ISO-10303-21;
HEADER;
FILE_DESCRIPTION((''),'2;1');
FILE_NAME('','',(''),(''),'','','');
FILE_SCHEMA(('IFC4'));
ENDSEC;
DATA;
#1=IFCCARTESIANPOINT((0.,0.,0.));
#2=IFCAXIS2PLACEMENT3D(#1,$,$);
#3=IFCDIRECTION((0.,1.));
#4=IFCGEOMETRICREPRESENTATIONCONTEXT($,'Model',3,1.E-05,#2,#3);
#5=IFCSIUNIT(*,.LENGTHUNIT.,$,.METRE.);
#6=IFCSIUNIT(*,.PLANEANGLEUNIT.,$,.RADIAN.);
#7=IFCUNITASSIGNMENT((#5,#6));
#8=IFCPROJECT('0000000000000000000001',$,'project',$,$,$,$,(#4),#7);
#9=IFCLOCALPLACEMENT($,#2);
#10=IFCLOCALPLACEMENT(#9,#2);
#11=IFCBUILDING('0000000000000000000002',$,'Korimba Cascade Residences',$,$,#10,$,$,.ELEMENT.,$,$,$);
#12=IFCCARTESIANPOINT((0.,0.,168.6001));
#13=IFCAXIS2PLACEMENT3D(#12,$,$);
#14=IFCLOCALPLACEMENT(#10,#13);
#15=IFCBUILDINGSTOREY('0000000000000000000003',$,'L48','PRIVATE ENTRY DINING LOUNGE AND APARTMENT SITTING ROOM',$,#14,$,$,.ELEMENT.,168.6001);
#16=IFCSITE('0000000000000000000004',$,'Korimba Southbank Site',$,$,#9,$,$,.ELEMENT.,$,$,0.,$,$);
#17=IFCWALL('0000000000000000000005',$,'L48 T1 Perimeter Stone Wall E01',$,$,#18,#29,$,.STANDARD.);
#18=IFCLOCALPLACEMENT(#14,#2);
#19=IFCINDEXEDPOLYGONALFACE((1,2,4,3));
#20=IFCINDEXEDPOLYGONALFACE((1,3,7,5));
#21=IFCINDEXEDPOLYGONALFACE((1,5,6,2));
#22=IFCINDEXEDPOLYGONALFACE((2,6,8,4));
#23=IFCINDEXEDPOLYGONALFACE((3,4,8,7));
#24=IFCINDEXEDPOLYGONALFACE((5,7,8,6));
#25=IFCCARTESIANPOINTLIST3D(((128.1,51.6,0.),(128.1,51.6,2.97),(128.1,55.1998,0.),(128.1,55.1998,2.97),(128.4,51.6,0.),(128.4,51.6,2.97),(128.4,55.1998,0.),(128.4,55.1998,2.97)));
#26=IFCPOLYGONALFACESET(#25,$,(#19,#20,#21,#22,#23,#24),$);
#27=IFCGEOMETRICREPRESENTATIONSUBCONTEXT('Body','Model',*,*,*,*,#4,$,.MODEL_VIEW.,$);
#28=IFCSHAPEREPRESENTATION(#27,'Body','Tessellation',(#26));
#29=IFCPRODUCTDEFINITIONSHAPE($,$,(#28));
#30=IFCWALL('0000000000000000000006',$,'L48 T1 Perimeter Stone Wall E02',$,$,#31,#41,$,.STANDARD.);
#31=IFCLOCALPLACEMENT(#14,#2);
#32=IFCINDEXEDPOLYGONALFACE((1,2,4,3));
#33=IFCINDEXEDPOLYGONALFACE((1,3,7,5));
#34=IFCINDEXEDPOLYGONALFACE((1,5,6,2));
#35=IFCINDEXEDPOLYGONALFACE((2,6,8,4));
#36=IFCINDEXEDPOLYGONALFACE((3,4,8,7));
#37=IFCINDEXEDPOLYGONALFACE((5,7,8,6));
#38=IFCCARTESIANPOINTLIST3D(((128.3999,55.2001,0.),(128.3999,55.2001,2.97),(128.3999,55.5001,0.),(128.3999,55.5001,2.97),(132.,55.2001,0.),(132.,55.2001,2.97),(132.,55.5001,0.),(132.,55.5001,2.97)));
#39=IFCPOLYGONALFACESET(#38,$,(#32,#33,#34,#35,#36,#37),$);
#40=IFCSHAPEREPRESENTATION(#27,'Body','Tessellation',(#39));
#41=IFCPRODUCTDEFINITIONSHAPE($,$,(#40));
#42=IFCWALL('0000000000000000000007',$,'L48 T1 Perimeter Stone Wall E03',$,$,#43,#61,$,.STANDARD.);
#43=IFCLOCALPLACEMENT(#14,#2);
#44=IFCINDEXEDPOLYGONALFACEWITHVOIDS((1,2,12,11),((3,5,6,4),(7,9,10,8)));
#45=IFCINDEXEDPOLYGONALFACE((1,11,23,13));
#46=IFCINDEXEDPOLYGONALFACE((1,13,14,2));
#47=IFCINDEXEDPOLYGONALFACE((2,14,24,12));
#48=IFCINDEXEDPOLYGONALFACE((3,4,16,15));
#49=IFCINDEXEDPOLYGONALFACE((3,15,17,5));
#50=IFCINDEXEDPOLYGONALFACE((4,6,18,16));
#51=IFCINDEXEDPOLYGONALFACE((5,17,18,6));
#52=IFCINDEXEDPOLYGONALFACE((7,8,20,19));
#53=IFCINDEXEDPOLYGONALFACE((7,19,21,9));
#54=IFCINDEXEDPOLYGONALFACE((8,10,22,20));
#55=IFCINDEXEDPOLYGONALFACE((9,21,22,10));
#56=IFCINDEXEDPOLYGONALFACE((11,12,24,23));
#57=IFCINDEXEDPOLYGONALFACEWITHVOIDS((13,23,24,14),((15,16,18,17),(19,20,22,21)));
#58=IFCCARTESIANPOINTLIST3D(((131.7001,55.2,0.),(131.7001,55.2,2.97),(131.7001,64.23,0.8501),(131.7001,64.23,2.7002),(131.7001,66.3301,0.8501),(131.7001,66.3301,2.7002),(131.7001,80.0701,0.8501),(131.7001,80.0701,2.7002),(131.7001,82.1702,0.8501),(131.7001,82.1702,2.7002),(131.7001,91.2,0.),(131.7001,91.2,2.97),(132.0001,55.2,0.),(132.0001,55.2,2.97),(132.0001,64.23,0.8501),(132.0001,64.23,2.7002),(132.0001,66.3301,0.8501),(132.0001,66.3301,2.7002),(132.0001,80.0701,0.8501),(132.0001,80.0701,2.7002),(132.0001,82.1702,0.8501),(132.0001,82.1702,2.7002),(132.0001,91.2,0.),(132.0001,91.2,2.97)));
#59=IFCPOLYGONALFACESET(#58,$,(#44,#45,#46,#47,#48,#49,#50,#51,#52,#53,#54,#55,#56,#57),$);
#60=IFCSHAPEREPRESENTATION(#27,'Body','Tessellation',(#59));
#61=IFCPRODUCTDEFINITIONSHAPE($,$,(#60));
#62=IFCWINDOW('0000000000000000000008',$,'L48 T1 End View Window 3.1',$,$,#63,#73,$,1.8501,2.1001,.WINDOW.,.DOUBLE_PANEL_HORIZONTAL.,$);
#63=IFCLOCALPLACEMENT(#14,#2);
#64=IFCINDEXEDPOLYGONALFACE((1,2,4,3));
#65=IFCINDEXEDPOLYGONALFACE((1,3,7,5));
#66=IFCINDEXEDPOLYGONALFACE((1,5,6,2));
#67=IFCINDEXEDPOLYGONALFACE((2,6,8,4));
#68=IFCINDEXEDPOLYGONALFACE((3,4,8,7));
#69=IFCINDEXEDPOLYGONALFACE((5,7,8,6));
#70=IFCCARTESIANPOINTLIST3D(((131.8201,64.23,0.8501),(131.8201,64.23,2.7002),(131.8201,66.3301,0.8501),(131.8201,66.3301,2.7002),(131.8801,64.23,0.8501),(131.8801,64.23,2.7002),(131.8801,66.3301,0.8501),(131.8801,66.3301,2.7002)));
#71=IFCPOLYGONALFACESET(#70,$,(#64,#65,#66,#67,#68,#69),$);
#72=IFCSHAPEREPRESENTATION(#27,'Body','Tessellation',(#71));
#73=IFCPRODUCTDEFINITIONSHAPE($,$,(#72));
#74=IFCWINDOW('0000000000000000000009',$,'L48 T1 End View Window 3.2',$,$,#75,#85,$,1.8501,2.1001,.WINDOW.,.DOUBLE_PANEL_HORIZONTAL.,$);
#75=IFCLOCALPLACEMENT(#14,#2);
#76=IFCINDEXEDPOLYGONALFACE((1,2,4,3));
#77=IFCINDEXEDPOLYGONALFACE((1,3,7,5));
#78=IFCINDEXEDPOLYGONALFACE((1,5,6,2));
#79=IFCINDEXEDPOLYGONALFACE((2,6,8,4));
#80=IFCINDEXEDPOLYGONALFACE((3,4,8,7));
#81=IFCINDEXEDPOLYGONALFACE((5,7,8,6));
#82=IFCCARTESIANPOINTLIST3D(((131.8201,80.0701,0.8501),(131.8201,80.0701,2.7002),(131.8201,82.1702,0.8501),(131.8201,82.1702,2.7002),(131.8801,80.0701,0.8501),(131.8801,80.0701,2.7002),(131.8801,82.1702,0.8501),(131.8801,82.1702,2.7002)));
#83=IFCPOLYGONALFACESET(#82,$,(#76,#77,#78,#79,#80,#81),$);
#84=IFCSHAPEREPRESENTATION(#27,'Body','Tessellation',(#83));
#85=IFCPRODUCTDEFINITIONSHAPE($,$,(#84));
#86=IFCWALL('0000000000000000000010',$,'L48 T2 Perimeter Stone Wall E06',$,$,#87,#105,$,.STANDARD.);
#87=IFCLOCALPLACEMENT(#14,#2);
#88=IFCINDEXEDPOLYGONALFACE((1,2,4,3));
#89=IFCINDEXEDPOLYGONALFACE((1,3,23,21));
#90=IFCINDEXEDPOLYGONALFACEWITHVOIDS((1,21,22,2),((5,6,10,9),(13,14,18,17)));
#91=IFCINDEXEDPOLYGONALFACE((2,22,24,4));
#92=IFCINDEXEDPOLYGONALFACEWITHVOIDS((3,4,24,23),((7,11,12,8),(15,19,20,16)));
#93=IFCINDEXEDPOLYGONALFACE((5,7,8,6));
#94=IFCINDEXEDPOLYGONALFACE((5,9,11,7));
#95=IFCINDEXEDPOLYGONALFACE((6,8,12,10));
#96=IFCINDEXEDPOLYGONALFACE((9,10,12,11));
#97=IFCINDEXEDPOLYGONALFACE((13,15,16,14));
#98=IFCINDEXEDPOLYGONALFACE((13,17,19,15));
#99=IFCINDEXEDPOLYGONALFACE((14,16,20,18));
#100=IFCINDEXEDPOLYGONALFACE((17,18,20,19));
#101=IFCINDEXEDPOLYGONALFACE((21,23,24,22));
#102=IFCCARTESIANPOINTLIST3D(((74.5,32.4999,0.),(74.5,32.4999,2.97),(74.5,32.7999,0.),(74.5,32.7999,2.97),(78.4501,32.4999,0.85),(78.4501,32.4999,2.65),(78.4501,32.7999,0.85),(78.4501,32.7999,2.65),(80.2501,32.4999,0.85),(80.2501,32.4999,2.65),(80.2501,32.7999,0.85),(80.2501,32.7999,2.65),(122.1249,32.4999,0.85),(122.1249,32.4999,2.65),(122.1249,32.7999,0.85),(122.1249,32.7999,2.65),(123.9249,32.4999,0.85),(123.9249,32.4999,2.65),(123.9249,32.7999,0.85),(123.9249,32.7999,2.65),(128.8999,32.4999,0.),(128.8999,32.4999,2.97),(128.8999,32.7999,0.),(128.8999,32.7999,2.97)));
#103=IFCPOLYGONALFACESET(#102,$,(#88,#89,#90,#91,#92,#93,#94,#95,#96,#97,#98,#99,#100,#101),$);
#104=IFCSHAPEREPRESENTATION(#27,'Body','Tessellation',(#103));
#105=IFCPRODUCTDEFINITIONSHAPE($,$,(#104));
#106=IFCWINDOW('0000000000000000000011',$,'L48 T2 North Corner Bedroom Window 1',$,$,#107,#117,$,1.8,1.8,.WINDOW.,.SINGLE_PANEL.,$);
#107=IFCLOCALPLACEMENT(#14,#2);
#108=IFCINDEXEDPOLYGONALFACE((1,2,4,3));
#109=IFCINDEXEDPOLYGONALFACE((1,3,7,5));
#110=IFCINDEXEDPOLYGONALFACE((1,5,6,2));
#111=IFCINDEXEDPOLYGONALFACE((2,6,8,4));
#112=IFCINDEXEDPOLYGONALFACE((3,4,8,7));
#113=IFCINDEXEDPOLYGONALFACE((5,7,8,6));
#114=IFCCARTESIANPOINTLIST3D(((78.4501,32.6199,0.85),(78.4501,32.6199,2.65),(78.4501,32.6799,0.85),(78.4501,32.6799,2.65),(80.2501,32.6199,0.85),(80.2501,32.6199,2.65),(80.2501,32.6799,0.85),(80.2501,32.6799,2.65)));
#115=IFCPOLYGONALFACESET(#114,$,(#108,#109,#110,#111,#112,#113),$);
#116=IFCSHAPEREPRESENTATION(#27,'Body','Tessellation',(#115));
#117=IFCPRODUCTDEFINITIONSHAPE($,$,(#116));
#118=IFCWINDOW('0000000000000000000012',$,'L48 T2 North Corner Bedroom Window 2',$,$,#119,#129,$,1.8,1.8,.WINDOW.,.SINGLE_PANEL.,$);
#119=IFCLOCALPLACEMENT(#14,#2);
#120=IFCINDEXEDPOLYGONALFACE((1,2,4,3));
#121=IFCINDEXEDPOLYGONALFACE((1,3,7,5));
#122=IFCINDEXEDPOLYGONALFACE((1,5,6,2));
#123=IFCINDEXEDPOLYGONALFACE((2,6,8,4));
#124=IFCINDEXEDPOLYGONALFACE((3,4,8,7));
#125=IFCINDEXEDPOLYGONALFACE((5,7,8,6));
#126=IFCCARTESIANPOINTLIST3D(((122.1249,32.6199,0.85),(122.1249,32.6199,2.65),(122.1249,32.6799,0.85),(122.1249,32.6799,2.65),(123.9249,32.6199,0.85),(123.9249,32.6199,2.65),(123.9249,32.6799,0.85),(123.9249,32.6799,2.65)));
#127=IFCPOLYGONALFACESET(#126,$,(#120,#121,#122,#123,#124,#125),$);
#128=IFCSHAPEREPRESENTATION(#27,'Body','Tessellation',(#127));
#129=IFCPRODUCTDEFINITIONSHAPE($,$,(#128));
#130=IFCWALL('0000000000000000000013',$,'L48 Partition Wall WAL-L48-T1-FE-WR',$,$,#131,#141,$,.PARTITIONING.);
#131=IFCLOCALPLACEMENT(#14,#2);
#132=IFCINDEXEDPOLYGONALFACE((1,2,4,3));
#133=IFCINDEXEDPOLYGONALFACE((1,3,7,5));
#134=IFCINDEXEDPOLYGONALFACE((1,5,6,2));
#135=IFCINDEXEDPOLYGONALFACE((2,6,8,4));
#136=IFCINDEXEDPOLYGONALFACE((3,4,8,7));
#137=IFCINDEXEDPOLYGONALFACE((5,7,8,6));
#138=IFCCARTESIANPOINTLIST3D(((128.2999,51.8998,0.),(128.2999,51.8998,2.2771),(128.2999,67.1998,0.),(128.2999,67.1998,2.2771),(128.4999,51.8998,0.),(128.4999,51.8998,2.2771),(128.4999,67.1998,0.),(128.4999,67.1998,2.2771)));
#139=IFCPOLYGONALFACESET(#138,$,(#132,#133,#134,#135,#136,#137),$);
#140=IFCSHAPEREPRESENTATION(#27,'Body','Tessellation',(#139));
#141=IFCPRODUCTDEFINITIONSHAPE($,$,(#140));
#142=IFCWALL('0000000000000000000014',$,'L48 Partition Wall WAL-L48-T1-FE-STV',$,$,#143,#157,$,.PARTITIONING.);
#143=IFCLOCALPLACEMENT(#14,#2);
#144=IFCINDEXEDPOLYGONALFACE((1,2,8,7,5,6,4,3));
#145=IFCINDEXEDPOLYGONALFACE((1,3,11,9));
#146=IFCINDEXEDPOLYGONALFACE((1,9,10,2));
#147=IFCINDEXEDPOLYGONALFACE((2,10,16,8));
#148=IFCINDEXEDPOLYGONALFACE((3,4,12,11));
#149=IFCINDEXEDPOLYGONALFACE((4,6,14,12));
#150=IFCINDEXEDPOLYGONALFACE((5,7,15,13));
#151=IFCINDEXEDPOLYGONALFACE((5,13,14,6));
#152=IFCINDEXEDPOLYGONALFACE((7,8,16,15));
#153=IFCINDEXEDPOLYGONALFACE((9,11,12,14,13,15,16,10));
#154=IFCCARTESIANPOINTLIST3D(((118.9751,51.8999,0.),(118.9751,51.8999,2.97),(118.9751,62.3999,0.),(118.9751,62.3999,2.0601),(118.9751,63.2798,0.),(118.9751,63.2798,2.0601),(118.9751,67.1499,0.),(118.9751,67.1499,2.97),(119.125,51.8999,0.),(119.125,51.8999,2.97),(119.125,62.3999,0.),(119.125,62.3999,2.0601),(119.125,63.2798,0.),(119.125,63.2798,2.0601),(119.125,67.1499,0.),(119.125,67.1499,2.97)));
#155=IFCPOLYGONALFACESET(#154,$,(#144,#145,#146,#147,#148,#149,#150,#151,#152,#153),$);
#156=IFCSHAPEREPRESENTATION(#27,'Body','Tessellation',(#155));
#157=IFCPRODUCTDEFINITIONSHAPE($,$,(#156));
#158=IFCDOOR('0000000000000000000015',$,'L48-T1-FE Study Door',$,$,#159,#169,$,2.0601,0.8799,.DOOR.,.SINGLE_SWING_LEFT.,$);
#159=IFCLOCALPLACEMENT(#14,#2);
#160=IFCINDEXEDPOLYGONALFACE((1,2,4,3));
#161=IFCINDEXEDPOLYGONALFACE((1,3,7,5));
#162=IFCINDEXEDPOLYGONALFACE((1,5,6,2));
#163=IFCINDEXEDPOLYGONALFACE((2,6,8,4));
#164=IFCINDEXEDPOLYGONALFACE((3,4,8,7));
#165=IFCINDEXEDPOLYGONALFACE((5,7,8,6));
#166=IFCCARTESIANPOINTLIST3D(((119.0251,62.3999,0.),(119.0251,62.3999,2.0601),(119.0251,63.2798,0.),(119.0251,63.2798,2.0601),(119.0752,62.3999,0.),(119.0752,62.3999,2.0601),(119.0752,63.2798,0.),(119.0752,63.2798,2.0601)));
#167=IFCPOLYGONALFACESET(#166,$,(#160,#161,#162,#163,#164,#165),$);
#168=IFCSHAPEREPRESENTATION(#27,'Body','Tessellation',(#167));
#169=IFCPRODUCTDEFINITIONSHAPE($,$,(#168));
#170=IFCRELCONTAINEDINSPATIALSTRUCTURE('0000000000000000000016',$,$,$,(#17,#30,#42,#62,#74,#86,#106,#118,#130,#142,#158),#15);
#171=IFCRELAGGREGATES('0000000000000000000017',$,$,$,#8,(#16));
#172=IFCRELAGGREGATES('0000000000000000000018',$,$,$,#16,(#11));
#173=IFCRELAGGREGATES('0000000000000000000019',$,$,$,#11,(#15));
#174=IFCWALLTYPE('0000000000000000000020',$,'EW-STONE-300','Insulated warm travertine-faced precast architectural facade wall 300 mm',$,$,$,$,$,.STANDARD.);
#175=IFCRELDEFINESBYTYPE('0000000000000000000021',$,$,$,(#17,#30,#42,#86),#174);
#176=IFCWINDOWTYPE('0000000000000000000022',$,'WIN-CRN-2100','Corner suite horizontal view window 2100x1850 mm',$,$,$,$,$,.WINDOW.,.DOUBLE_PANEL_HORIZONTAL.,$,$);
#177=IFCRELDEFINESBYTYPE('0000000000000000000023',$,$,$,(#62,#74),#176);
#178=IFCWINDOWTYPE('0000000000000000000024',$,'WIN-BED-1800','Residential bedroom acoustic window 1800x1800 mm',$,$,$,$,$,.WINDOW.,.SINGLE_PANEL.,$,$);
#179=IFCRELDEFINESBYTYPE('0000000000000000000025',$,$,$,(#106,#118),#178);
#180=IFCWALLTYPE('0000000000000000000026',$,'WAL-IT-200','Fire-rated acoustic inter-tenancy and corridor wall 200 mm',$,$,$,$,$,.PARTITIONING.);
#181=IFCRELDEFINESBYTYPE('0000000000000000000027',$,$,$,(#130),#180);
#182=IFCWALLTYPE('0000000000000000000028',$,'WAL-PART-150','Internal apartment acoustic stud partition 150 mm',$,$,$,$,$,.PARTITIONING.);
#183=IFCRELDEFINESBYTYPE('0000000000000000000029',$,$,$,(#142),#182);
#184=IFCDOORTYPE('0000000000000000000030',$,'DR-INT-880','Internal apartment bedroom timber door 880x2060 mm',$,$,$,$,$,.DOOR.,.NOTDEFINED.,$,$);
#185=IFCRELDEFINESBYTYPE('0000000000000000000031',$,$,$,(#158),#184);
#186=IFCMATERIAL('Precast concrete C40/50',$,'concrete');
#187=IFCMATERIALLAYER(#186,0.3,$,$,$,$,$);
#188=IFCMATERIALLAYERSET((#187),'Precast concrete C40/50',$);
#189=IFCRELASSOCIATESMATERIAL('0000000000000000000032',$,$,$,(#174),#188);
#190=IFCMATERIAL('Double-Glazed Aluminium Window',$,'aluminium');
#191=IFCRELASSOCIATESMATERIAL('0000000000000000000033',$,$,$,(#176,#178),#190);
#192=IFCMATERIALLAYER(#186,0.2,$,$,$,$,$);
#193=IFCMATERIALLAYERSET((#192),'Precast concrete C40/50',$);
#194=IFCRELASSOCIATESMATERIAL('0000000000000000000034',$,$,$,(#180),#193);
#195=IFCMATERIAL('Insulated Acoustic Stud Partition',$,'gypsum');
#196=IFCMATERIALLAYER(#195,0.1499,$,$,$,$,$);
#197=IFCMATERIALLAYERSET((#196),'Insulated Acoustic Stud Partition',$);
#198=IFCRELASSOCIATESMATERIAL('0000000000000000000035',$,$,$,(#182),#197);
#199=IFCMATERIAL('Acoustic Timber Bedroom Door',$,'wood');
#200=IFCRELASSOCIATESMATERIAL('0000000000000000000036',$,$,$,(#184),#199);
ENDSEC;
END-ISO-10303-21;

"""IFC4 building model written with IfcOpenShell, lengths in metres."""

from ifc_helpers import new_model, si_unit, direction, frame, frame_2d, origin, place, context, subcontext, project, spatial, rectangle, extrude, material, layer, layer_set, type_object, element, fill, save


model = new_model("IFC4")

# Units and contexts
model_context = context("Model", 3, precision=1e-05, world=origin(), true_north=direction((0.0, 1.0)))
body_context = subcontext(model_context, "Body", "Model", "MODEL_VIEW")
ifc_project = project(units=[si_unit("LENGTHUNIT", "METRE"), si_unit("PLANEANGLEUNIT", "RADIAN")], contexts=[model_context])

# Site, building, storey
site_placement = place(None, origin())
site = spatial("IfcSite", under=ifc_project, at=site_placement, Name="Korimba Southbank Site", CompositionType="ELEMENT", RefElevation=0.0)
building_placement = place(site_placement, origin())
building = spatial("IfcBuilding", under=site, at=building_placement, Name="Korimba Cascade Residences", CompositionType="ELEMENT")
storey_placement = place(building_placement, frame((0.0, 0.0, 168.6001)))
storey = spatial("IfcBuildingStorey", under=building, at=storey_placement, Name="L48", Description="PRIVATE ENTRY DINING LOUNGE AND APARTMENT SITTING ROOM", CompositionType="ELEMENT", Elevation=168.6001)

# Walls
ifc_material_1 = material(Name="Precast concrete C40/50", Category="concrete")
ifc_layer_1 = layer(ifc_material_1, 0.3)
ifc_layer_set_1 = layer_set([ifc_layer_1], Name="Precast concrete C40/50")
wall_type_1 = type_object("IfcWallType", Name="EW-STONE-300", Description="Insulated warm travertine-faced precast architectural facade wall 300 mm", PredefinedType="STANDARD", material=ifc_layer_set_1)
wall_1_placement = place(storey_placement, frame((128.25, 51.6001, 0.0), z_axis=(0.0, 0.0, 1.0), x_axis=(0.0, 1.0, 0.0)))
element("IfcWall", 1, at=wall_1_placement, inside=storey, type_object=wall_type_1, Name="L48 T1 Perimeter Stone Wall E01", PredefinedType="STANDARD", context=body_context, shape_type="SweptSolid", body=[
    extrude(rectangle(XDim=3.5999, YDim=0.3, at=frame_2d((1.7998, 0.0))), origin(), (0.0, 0.0, 1.0), 2.97),
])
wall_2_placement = place(storey_placement, frame((128.3999, 55.3501, 0.0), z_axis=(0.0, 0.0, 1.0), x_axis=(1.0, 0.0, 0.0)))
element("IfcWall", 2, at=wall_2_placement, inside=storey, type_object=wall_type_1, Name="L48 T1 Perimeter Stone Wall E02", PredefinedType="STANDARD", context=body_context, shape_type="SweptSolid", body=[
    extrude(rectangle(XDim=3.6001, YDim=0.3, at=frame_2d((1.8, 0.0))), origin(), (0.0, 0.0, 1.0), 2.97),
])

# Walls, openings, windows
wall_3_placement = place(storey_placement, frame((131.8501, 55.2, 0.0), z_axis=(0.0, 0.0, 1.0), x_axis=(0.0, 1.0, 0.0)))
wall_3 = element("IfcWall", 3, at=wall_3_placement, inside=storey, type_object=wall_type_1, Name="L48 T1 Perimeter Stone Wall E03", PredefinedType="STANDARD", context=body_context, shape_type="SweptSolid", body=[
    extrude(rectangle(XDim=36.0, YDim=0.3, at=frame_2d((18.0, 0.0))), origin(), (0.0, 0.0, 1.0), 2.97),
])
opening_1_placement = place(wall_3_placement, frame((9.03, 0.0, 0.8501)))
opening_1 = element("IfcOpeningElement", 4, at=opening_1_placement, cuts=wall_3, PredefinedType="OPENING", context=body_context, shape_type="SweptSolid", body=[
    extrude(rectangle(XDim=2.1001, YDim=1.8501, at=frame_2d((1.05, 0.925))), frame((0.0, 0.1602, 0.0), z_axis=(0.0, -1.0, 0.0), x_axis=(1.0, 0.0, 0.0)), (0.0, 0.0, 1.0), 0.3201),
])
opening_2_placement = place(wall_3_placement, frame((24.8701, 0.0, 0.8501)))
opening_2 = element("IfcOpeningElement", 5, at=opening_2_placement, cuts=wall_3, PredefinedType="OPENING", context=body_context, shape_type="SweptSolid", body=[
    extrude(rectangle(XDim=2.1001, YDim=1.8501, at=frame_2d((1.05, 0.925))), frame((0.0, 0.1602, 0.0), z_axis=(0.0, -1.0, 0.0), x_axis=(1.0, 0.0, 0.0)), (0.0, 0.0, 1.0), 0.3201),
])
ifc_material_2 = material(Name="Double-Glazed Aluminium Window", Category="aluminium")
window_type_1 = type_object("IfcWindowType", Name="WIN-CRN-2100", Description="Corner suite horizontal view window 2100x1850 mm", PartitioningType="DOUBLE_PANEL_HORIZONTAL", PredefinedType="WINDOW", material=ifc_material_2)
window_1_placement = place(opening_1_placement, origin())
window_1 = element("IfcWindow", 6, at=window_1_placement, inside=storey, type_object=window_type_1, Name="L48 T1 End View Window 3.1", OverallHeight=1.8501, OverallWidth=2.1001, PartitioningType="DOUBLE_PANEL_HORIZONTAL", PredefinedType="WINDOW", context=body_context, shape_type="SweptSolid", body=[
    extrude(rectangle(XDim=2.1001, YDim=1.8501, at=frame_2d((1.05, 0.925))), frame((0.0, 0.03, 0.0), z_axis=(0.0, -1.0, 0.0), x_axis=(1.0, 0.0, 0.0)), (0.0, 0.0, 1.0), 0.0601),
])
fill(opening_1, window_1)
window_2_placement = place(opening_2_placement, origin())
window_2 = element("IfcWindow", 7, at=window_2_placement, inside=storey, type_object=window_type_1, Name="L48 T1 End View Window 3.2", OverallHeight=1.8501, OverallWidth=2.1001, PartitioningType="DOUBLE_PANEL_HORIZONTAL", PredefinedType="WINDOW", context=body_context, shape_type="SweptSolid", body=[
    extrude(rectangle(XDim=2.1001, YDim=1.8501, at=frame_2d((1.05, 0.925))), frame((0.0, 0.03, 0.0), z_axis=(0.0, -1.0, 0.0), x_axis=(1.0, 0.0, 0.0)), (0.0, 0.0, 1.0), 0.0601),
])
fill(opening_2, window_2)
wall_4_placement = place(storey_placement, frame((128.8999, 32.6499, 0.0), z_axis=(0.0, 0.0, 1.0), x_axis=(-1.0, 0.0, 0.0)))
wall_4 = element("IfcWall", 8, at=wall_4_placement, inside=storey, type_object=wall_type_1, Name="L48 T2 Perimeter Stone Wall E06", PredefinedType="STANDARD", context=body_context, shape_type="SweptSolid", body=[
    extrude(rectangle(XDim=54.3999, YDim=0.3, at=frame_2d((27.2, 0.0))), origin(), (0.0, 0.0, 1.0), 2.97),
])
opening_3_placement = place(wall_4_placement, frame((48.6499, 0.0, 0.8501)))
opening_3 = element("IfcOpeningElement", 9, at=opening_3_placement, cuts=wall_4, PredefinedType="OPENING", context=body_context, shape_type="SweptSolid", body=[
    extrude(rectangle(XDim=1.8, YDim=1.8, at=frame_2d((0.8999, 0.8999))), frame((0.0, 0.1602, 0.0), z_axis=(0.0, -1.0, 0.0), x_axis=(1.0, 0.0, 0.0)), (0.0, 0.0, 1.0), 0.3201),
])
opening_4_placement = place(wall_4_placement, frame((4.9751, 0.0, 0.8501)))
opening_4 = element("IfcOpeningElement", 10, at=opening_4_placement, cuts=wall_4, PredefinedType="OPENING", context=body_context, shape_type="SweptSolid", body=[
    extrude(rectangle(XDim=1.8, YDim=1.8, at=frame_2d((0.8999, 0.8999))), frame((0.0, 0.1602, 0.0), z_axis=(0.0, -1.0, 0.0), x_axis=(1.0, 0.0, 0.0)), (0.0, 0.0, 1.0), 0.3201),
])
window_type_2 = type_object("IfcWindowType", Name="WIN-BED-1800", Description="Residential bedroom acoustic window 1800x1800 mm", PartitioningType="SINGLE_PANEL", PredefinedType="WINDOW", material=ifc_material_2)
window_3_placement = place(opening_3_placement, origin())
window_3 = element("IfcWindow", 11, at=window_3_placement, inside=storey, type_object=window_type_2, Name="L48 T2 North Corner Bedroom Window 1", OverallHeight=1.8, OverallWidth=1.8, PartitioningType="SINGLE_PANEL", PredefinedType="WINDOW", context=body_context, shape_type="SweptSolid", body=[
    extrude(rectangle(XDim=1.8, YDim=1.8, at=frame_2d((0.8999, 0.8999))), frame((0.0, 0.03, 0.0), z_axis=(0.0, -1.0, 0.0), x_axis=(1.0, 0.0, 0.0)), (0.0, 0.0, 1.0), 0.0601),
])
fill(opening_3, window_3)
window_4_placement = place(opening_4_placement, origin())
window_4 = element("IfcWindow", 12, at=window_4_placement, inside=storey, type_object=window_type_2, Name="L48 T2 North Corner Bedroom Window 2", OverallHeight=1.8, OverallWidth=1.8, PartitioningType="SINGLE_PANEL", PredefinedType="WINDOW", context=body_context, shape_type="SweptSolid", body=[
    extrude(rectangle(XDim=1.8, YDim=1.8, at=frame_2d((0.8999, 0.8999))), frame((0.0, 0.03, 0.0), z_axis=(0.0, -1.0, 0.0), x_axis=(1.0, 0.0, 0.0)), (0.0, 0.0, 1.0), 0.0601),
])
fill(opening_4, window_4)

# Wall
ifc_layer_2 = layer(ifc_material_1, 0.2)
ifc_layer_set_2 = layer_set([ifc_layer_2], Name="Precast concrete C40/50")
wall_type_2 = type_object("IfcWallType", Name="WAL-IT-200", Description="Fire-rated acoustic inter-tenancy and corridor wall 200 mm", PredefinedType="PARTITIONING", material=ifc_layer_set_2)
wall_5_placement = place(storey_placement, frame((128.3999, 51.8999, 0.0), z_axis=(0.0, 0.0, 1.0), x_axis=(0.0, 1.0, 0.0)))
element("IfcWall", 13, at=wall_5_placement, inside=storey, type_object=wall_type_2, Name="L48 Partition Wall WAL-L48-T1-FE-WR", PredefinedType="PARTITIONING", context=body_context, shape_type="SweptSolid", body=[
    extrude(rectangle(XDim=15.3, YDim=0.2, at=frame_2d((7.6499, 0.0))), origin(), (0.0, 0.0, 1.0), 2.2771),
])

# Wall, opening, door
ifc_material_3 = material(Name="Insulated Acoustic Stud Partition", Category="gypsum")
ifc_layer_3 = layer(ifc_material_3, 0.1499)
ifc_layer_set_3 = layer_set([ifc_layer_3], Name="Insulated Acoustic Stud Partition")
wall_type_3 = type_object("IfcWallType", Name="WAL-PART-150", Description="Internal apartment acoustic stud partition 150 mm", PredefinedType="PARTITIONING", material=ifc_layer_set_3)
wall_6_placement = place(storey_placement, frame((119.05, 51.8999, 0.0), z_axis=(0.0, 0.0, 1.0), x_axis=(0.0, 1.0, 0.0)))
wall_6 = element("IfcWall", 14, at=wall_6_placement, inside=storey, type_object=wall_type_3, Name="L48 Partition Wall WAL-L48-T1-FE-STV", PredefinedType="PARTITIONING", context=body_context, shape_type="SweptSolid", body=[
    extrude(rectangle(XDim=15.25, YDim=0.1499, at=frame_2d((7.625, 0.0))), origin(), (0.0, 0.0, 1.0), 2.97),
])
opening_5_placement = place(wall_6_placement, frame((10.5, 0.0, 0.0)))
opening_5 = element("IfcOpeningElement", 15, at=opening_5_placement, cuts=wall_6, PredefinedType="OPENING", context=body_context, shape_type="SweptSolid", body=[
    extrude(rectangle(XDim=0.8799, YDim=2.0601, at=frame_2d((0.4399, 1.03))), frame((0.0, 0.085, 0.0), z_axis=(0.0, -1.0, 0.0), x_axis=(1.0, 0.0, 0.0)), (0.0, 0.0, 1.0), 0.1699),
])
ifc_material_4 = material(Name="Acoustic Timber Bedroom Door", Category="wood")
door_type_1 = type_object("IfcDoorType", Name="DR-INT-880", Description="Internal apartment bedroom timber door 880x2060 mm", OperationType="NOTDEFINED", PredefinedType="DOOR", material=ifc_material_4)
door_1_placement = place(opening_5_placement, origin())
door_1 = element("IfcDoor", 16, at=door_1_placement, inside=storey, type_object=door_type_1, Name="L48-T1-FE Study Door", OperationType="SINGLE_SWING_LEFT", OverallHeight=2.0601, OverallWidth=0.8799, PredefinedType="DOOR", context=body_context, shape_type="SweptSolid", body=[
    extrude(rectangle(XDim=0.8799, YDim=2.0601, at=frame_2d((0.4399, 1.03))), frame((0.0, 0.0249, 0.0), z_axis=(0.0, -1.0, 0.0), x_axis=(1.0, 0.0, 0.0)), (0.0, 0.0, 1.0), 0.05),
])
fill(opening_5, door_1)

save(model, "model.ifc")
